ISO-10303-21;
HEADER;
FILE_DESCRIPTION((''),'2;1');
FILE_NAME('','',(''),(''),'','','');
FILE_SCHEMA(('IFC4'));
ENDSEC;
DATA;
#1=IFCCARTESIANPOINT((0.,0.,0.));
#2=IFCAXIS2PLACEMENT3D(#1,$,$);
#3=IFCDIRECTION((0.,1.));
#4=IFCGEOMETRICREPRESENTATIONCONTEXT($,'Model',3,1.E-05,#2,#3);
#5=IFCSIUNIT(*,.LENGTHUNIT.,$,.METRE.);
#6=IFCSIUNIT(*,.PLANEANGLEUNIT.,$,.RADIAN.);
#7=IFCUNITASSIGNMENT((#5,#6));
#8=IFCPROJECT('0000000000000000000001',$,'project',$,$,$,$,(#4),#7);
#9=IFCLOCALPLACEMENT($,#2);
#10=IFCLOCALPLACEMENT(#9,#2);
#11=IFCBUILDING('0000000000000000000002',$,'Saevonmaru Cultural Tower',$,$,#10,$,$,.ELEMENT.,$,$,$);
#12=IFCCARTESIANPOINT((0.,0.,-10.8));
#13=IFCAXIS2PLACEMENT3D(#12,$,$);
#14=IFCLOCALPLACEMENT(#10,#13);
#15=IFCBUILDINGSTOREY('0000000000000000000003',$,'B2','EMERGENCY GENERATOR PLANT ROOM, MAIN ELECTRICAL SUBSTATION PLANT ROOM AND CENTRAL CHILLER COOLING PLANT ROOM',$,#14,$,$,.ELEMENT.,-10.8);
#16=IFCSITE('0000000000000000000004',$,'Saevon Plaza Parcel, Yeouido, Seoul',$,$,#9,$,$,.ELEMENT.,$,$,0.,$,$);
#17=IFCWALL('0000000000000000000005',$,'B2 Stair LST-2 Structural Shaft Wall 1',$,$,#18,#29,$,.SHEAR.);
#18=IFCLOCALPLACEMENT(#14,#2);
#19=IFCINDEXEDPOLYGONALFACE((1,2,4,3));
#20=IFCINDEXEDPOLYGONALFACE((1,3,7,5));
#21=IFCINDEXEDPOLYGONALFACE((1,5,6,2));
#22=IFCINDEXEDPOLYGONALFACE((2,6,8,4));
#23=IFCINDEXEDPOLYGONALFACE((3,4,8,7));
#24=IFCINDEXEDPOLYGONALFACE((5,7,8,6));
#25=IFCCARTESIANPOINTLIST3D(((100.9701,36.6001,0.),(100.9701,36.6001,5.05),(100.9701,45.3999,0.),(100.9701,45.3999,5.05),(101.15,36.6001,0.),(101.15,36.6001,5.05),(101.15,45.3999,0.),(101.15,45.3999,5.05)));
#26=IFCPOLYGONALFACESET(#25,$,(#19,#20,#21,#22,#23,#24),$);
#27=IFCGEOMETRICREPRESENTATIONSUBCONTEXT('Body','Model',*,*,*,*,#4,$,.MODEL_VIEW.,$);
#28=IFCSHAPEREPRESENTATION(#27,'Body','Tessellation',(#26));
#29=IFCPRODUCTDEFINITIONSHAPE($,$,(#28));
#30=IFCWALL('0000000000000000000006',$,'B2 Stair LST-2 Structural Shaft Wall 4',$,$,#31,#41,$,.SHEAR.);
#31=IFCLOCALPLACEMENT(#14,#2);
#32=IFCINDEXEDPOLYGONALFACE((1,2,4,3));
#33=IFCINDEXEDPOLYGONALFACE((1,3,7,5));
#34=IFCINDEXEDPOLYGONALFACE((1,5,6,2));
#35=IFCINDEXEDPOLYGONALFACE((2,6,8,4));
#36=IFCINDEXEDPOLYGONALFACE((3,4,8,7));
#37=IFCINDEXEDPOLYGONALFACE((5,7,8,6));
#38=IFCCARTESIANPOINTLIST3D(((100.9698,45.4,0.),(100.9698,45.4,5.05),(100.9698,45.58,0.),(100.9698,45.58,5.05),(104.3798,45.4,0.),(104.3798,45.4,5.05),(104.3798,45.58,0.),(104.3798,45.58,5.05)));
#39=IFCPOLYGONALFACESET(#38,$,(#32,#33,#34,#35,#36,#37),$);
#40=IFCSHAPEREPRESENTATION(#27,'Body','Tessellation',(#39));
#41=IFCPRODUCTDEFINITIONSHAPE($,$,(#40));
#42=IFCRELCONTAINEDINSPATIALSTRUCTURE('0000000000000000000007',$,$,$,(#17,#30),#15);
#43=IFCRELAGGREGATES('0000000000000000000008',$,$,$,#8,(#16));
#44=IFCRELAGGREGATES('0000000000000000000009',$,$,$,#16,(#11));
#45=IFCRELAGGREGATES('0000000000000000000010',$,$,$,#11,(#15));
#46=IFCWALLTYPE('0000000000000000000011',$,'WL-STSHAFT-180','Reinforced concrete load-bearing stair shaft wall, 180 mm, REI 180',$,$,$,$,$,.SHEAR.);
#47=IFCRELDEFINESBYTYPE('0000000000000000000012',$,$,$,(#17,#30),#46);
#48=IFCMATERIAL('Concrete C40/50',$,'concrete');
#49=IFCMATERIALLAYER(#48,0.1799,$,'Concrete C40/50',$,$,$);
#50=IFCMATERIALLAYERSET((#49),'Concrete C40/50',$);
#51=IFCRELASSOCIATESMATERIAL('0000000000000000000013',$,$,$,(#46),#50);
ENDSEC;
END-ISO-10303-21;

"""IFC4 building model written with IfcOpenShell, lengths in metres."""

from ifc_helpers import new_model, si_unit, direction, frame, frame_2d, origin, place, context, subcontext, project, spatial, rectangle, extrude, material, layer, layer_set, type_object, element, save


model = new_model("IFC4")

# Units and contexts
model_context = context("Model", 3, precision=1e-05, world=origin(), true_north=direction((0.0, 1.0)))
body_context = subcontext(model_context, "Body", "Model", "MODEL_VIEW")
ifc_project = project(units=[si_unit("LENGTHUNIT", "METRE"), si_unit("PLANEANGLEUNIT", "RADIAN")], contexts=[model_context])

# Site, building, storey
site_placement = place(None, origin())
site = spatial("IfcSite", under=ifc_project, at=site_placement, Name="Saevon Plaza Parcel, Yeouido, Seoul", CompositionType="ELEMENT", RefElevation=0.0)
building_placement = place(site_placement, origin())
building = spatial("IfcBuilding", under=site, at=building_placement, Name="Saevonmaru Cultural Tower", CompositionType="ELEMENT")
storey_placement = place(building_placement, frame((0.0, 0.0, -10.8)))
storey = spatial("IfcBuildingStorey", under=building, at=storey_placement, Name="B2", Description="EMERGENCY GENERATOR PLANT ROOM, MAIN ELECTRICAL SUBSTATION PLANT ROOM AND CENTRAL CHILLER COOLING PLANT ROOM", CompositionType="ELEMENT", Elevation=-10.8)

# Shared definitions
ifc_material_1 = material(Name="Concrete C40/50", Category="concrete")

# Walls
ifc_layer_1 = layer(ifc_material_1, 0.1799, Name="Concrete C40/50")
ifc_layer_set_1 = layer_set([ifc_layer_1], Name="Concrete C40/50")
wall_type = type_object("IfcWallType", Name="WL-STSHAFT-180", Description="Reinforced concrete load-bearing stair shaft wall, 180 mm, REI 180", PredefinedType="SHEAR", material=ifc_layer_set_1)
wall_1_placement = place(storey_placement, frame((101.0601, 45.3999, 0.0), z_axis=(0.0, 0.0, 1.0), x_axis=(0.0, -1.0, 0.0)))
element("IfcWall", 1, at=wall_1_placement, inside=storey, type_object=wall_type, Name="B2 Stair LST-2 Structural Shaft Wall 1", PredefinedType="SHEAR", context=body_context, shape_type="SweptSolid", body=[
    extrude(rectangle(XDim=8.7998, YDim=0.1799, at=frame_2d((4.3999, 0.0))), origin(), (0.0, 0.0, 1.0), 5.05),
])
wall_2_placement = place(storey_placement, frame((104.3799, 45.49, 0.0), z_axis=(0.0, 0.0, 1.0), x_axis=(-1.0, 0.0, 0.0)))
element("IfcWall", 2, at=wall_2_placement, inside=storey, type_object=wall_type, Name="B2 Stair LST-2 Structural Shaft Wall 4", PredefinedType="SHEAR", context=body_context, shape_type="SweptSolid", body=[
    extrude(rectangle(XDim=3.4099, YDim=0.1799, at=frame_2d((1.7051, 0.0))), origin(), (0.0, 0.0, 1.0), 5.05),
])

save(model, "model.ifc")
